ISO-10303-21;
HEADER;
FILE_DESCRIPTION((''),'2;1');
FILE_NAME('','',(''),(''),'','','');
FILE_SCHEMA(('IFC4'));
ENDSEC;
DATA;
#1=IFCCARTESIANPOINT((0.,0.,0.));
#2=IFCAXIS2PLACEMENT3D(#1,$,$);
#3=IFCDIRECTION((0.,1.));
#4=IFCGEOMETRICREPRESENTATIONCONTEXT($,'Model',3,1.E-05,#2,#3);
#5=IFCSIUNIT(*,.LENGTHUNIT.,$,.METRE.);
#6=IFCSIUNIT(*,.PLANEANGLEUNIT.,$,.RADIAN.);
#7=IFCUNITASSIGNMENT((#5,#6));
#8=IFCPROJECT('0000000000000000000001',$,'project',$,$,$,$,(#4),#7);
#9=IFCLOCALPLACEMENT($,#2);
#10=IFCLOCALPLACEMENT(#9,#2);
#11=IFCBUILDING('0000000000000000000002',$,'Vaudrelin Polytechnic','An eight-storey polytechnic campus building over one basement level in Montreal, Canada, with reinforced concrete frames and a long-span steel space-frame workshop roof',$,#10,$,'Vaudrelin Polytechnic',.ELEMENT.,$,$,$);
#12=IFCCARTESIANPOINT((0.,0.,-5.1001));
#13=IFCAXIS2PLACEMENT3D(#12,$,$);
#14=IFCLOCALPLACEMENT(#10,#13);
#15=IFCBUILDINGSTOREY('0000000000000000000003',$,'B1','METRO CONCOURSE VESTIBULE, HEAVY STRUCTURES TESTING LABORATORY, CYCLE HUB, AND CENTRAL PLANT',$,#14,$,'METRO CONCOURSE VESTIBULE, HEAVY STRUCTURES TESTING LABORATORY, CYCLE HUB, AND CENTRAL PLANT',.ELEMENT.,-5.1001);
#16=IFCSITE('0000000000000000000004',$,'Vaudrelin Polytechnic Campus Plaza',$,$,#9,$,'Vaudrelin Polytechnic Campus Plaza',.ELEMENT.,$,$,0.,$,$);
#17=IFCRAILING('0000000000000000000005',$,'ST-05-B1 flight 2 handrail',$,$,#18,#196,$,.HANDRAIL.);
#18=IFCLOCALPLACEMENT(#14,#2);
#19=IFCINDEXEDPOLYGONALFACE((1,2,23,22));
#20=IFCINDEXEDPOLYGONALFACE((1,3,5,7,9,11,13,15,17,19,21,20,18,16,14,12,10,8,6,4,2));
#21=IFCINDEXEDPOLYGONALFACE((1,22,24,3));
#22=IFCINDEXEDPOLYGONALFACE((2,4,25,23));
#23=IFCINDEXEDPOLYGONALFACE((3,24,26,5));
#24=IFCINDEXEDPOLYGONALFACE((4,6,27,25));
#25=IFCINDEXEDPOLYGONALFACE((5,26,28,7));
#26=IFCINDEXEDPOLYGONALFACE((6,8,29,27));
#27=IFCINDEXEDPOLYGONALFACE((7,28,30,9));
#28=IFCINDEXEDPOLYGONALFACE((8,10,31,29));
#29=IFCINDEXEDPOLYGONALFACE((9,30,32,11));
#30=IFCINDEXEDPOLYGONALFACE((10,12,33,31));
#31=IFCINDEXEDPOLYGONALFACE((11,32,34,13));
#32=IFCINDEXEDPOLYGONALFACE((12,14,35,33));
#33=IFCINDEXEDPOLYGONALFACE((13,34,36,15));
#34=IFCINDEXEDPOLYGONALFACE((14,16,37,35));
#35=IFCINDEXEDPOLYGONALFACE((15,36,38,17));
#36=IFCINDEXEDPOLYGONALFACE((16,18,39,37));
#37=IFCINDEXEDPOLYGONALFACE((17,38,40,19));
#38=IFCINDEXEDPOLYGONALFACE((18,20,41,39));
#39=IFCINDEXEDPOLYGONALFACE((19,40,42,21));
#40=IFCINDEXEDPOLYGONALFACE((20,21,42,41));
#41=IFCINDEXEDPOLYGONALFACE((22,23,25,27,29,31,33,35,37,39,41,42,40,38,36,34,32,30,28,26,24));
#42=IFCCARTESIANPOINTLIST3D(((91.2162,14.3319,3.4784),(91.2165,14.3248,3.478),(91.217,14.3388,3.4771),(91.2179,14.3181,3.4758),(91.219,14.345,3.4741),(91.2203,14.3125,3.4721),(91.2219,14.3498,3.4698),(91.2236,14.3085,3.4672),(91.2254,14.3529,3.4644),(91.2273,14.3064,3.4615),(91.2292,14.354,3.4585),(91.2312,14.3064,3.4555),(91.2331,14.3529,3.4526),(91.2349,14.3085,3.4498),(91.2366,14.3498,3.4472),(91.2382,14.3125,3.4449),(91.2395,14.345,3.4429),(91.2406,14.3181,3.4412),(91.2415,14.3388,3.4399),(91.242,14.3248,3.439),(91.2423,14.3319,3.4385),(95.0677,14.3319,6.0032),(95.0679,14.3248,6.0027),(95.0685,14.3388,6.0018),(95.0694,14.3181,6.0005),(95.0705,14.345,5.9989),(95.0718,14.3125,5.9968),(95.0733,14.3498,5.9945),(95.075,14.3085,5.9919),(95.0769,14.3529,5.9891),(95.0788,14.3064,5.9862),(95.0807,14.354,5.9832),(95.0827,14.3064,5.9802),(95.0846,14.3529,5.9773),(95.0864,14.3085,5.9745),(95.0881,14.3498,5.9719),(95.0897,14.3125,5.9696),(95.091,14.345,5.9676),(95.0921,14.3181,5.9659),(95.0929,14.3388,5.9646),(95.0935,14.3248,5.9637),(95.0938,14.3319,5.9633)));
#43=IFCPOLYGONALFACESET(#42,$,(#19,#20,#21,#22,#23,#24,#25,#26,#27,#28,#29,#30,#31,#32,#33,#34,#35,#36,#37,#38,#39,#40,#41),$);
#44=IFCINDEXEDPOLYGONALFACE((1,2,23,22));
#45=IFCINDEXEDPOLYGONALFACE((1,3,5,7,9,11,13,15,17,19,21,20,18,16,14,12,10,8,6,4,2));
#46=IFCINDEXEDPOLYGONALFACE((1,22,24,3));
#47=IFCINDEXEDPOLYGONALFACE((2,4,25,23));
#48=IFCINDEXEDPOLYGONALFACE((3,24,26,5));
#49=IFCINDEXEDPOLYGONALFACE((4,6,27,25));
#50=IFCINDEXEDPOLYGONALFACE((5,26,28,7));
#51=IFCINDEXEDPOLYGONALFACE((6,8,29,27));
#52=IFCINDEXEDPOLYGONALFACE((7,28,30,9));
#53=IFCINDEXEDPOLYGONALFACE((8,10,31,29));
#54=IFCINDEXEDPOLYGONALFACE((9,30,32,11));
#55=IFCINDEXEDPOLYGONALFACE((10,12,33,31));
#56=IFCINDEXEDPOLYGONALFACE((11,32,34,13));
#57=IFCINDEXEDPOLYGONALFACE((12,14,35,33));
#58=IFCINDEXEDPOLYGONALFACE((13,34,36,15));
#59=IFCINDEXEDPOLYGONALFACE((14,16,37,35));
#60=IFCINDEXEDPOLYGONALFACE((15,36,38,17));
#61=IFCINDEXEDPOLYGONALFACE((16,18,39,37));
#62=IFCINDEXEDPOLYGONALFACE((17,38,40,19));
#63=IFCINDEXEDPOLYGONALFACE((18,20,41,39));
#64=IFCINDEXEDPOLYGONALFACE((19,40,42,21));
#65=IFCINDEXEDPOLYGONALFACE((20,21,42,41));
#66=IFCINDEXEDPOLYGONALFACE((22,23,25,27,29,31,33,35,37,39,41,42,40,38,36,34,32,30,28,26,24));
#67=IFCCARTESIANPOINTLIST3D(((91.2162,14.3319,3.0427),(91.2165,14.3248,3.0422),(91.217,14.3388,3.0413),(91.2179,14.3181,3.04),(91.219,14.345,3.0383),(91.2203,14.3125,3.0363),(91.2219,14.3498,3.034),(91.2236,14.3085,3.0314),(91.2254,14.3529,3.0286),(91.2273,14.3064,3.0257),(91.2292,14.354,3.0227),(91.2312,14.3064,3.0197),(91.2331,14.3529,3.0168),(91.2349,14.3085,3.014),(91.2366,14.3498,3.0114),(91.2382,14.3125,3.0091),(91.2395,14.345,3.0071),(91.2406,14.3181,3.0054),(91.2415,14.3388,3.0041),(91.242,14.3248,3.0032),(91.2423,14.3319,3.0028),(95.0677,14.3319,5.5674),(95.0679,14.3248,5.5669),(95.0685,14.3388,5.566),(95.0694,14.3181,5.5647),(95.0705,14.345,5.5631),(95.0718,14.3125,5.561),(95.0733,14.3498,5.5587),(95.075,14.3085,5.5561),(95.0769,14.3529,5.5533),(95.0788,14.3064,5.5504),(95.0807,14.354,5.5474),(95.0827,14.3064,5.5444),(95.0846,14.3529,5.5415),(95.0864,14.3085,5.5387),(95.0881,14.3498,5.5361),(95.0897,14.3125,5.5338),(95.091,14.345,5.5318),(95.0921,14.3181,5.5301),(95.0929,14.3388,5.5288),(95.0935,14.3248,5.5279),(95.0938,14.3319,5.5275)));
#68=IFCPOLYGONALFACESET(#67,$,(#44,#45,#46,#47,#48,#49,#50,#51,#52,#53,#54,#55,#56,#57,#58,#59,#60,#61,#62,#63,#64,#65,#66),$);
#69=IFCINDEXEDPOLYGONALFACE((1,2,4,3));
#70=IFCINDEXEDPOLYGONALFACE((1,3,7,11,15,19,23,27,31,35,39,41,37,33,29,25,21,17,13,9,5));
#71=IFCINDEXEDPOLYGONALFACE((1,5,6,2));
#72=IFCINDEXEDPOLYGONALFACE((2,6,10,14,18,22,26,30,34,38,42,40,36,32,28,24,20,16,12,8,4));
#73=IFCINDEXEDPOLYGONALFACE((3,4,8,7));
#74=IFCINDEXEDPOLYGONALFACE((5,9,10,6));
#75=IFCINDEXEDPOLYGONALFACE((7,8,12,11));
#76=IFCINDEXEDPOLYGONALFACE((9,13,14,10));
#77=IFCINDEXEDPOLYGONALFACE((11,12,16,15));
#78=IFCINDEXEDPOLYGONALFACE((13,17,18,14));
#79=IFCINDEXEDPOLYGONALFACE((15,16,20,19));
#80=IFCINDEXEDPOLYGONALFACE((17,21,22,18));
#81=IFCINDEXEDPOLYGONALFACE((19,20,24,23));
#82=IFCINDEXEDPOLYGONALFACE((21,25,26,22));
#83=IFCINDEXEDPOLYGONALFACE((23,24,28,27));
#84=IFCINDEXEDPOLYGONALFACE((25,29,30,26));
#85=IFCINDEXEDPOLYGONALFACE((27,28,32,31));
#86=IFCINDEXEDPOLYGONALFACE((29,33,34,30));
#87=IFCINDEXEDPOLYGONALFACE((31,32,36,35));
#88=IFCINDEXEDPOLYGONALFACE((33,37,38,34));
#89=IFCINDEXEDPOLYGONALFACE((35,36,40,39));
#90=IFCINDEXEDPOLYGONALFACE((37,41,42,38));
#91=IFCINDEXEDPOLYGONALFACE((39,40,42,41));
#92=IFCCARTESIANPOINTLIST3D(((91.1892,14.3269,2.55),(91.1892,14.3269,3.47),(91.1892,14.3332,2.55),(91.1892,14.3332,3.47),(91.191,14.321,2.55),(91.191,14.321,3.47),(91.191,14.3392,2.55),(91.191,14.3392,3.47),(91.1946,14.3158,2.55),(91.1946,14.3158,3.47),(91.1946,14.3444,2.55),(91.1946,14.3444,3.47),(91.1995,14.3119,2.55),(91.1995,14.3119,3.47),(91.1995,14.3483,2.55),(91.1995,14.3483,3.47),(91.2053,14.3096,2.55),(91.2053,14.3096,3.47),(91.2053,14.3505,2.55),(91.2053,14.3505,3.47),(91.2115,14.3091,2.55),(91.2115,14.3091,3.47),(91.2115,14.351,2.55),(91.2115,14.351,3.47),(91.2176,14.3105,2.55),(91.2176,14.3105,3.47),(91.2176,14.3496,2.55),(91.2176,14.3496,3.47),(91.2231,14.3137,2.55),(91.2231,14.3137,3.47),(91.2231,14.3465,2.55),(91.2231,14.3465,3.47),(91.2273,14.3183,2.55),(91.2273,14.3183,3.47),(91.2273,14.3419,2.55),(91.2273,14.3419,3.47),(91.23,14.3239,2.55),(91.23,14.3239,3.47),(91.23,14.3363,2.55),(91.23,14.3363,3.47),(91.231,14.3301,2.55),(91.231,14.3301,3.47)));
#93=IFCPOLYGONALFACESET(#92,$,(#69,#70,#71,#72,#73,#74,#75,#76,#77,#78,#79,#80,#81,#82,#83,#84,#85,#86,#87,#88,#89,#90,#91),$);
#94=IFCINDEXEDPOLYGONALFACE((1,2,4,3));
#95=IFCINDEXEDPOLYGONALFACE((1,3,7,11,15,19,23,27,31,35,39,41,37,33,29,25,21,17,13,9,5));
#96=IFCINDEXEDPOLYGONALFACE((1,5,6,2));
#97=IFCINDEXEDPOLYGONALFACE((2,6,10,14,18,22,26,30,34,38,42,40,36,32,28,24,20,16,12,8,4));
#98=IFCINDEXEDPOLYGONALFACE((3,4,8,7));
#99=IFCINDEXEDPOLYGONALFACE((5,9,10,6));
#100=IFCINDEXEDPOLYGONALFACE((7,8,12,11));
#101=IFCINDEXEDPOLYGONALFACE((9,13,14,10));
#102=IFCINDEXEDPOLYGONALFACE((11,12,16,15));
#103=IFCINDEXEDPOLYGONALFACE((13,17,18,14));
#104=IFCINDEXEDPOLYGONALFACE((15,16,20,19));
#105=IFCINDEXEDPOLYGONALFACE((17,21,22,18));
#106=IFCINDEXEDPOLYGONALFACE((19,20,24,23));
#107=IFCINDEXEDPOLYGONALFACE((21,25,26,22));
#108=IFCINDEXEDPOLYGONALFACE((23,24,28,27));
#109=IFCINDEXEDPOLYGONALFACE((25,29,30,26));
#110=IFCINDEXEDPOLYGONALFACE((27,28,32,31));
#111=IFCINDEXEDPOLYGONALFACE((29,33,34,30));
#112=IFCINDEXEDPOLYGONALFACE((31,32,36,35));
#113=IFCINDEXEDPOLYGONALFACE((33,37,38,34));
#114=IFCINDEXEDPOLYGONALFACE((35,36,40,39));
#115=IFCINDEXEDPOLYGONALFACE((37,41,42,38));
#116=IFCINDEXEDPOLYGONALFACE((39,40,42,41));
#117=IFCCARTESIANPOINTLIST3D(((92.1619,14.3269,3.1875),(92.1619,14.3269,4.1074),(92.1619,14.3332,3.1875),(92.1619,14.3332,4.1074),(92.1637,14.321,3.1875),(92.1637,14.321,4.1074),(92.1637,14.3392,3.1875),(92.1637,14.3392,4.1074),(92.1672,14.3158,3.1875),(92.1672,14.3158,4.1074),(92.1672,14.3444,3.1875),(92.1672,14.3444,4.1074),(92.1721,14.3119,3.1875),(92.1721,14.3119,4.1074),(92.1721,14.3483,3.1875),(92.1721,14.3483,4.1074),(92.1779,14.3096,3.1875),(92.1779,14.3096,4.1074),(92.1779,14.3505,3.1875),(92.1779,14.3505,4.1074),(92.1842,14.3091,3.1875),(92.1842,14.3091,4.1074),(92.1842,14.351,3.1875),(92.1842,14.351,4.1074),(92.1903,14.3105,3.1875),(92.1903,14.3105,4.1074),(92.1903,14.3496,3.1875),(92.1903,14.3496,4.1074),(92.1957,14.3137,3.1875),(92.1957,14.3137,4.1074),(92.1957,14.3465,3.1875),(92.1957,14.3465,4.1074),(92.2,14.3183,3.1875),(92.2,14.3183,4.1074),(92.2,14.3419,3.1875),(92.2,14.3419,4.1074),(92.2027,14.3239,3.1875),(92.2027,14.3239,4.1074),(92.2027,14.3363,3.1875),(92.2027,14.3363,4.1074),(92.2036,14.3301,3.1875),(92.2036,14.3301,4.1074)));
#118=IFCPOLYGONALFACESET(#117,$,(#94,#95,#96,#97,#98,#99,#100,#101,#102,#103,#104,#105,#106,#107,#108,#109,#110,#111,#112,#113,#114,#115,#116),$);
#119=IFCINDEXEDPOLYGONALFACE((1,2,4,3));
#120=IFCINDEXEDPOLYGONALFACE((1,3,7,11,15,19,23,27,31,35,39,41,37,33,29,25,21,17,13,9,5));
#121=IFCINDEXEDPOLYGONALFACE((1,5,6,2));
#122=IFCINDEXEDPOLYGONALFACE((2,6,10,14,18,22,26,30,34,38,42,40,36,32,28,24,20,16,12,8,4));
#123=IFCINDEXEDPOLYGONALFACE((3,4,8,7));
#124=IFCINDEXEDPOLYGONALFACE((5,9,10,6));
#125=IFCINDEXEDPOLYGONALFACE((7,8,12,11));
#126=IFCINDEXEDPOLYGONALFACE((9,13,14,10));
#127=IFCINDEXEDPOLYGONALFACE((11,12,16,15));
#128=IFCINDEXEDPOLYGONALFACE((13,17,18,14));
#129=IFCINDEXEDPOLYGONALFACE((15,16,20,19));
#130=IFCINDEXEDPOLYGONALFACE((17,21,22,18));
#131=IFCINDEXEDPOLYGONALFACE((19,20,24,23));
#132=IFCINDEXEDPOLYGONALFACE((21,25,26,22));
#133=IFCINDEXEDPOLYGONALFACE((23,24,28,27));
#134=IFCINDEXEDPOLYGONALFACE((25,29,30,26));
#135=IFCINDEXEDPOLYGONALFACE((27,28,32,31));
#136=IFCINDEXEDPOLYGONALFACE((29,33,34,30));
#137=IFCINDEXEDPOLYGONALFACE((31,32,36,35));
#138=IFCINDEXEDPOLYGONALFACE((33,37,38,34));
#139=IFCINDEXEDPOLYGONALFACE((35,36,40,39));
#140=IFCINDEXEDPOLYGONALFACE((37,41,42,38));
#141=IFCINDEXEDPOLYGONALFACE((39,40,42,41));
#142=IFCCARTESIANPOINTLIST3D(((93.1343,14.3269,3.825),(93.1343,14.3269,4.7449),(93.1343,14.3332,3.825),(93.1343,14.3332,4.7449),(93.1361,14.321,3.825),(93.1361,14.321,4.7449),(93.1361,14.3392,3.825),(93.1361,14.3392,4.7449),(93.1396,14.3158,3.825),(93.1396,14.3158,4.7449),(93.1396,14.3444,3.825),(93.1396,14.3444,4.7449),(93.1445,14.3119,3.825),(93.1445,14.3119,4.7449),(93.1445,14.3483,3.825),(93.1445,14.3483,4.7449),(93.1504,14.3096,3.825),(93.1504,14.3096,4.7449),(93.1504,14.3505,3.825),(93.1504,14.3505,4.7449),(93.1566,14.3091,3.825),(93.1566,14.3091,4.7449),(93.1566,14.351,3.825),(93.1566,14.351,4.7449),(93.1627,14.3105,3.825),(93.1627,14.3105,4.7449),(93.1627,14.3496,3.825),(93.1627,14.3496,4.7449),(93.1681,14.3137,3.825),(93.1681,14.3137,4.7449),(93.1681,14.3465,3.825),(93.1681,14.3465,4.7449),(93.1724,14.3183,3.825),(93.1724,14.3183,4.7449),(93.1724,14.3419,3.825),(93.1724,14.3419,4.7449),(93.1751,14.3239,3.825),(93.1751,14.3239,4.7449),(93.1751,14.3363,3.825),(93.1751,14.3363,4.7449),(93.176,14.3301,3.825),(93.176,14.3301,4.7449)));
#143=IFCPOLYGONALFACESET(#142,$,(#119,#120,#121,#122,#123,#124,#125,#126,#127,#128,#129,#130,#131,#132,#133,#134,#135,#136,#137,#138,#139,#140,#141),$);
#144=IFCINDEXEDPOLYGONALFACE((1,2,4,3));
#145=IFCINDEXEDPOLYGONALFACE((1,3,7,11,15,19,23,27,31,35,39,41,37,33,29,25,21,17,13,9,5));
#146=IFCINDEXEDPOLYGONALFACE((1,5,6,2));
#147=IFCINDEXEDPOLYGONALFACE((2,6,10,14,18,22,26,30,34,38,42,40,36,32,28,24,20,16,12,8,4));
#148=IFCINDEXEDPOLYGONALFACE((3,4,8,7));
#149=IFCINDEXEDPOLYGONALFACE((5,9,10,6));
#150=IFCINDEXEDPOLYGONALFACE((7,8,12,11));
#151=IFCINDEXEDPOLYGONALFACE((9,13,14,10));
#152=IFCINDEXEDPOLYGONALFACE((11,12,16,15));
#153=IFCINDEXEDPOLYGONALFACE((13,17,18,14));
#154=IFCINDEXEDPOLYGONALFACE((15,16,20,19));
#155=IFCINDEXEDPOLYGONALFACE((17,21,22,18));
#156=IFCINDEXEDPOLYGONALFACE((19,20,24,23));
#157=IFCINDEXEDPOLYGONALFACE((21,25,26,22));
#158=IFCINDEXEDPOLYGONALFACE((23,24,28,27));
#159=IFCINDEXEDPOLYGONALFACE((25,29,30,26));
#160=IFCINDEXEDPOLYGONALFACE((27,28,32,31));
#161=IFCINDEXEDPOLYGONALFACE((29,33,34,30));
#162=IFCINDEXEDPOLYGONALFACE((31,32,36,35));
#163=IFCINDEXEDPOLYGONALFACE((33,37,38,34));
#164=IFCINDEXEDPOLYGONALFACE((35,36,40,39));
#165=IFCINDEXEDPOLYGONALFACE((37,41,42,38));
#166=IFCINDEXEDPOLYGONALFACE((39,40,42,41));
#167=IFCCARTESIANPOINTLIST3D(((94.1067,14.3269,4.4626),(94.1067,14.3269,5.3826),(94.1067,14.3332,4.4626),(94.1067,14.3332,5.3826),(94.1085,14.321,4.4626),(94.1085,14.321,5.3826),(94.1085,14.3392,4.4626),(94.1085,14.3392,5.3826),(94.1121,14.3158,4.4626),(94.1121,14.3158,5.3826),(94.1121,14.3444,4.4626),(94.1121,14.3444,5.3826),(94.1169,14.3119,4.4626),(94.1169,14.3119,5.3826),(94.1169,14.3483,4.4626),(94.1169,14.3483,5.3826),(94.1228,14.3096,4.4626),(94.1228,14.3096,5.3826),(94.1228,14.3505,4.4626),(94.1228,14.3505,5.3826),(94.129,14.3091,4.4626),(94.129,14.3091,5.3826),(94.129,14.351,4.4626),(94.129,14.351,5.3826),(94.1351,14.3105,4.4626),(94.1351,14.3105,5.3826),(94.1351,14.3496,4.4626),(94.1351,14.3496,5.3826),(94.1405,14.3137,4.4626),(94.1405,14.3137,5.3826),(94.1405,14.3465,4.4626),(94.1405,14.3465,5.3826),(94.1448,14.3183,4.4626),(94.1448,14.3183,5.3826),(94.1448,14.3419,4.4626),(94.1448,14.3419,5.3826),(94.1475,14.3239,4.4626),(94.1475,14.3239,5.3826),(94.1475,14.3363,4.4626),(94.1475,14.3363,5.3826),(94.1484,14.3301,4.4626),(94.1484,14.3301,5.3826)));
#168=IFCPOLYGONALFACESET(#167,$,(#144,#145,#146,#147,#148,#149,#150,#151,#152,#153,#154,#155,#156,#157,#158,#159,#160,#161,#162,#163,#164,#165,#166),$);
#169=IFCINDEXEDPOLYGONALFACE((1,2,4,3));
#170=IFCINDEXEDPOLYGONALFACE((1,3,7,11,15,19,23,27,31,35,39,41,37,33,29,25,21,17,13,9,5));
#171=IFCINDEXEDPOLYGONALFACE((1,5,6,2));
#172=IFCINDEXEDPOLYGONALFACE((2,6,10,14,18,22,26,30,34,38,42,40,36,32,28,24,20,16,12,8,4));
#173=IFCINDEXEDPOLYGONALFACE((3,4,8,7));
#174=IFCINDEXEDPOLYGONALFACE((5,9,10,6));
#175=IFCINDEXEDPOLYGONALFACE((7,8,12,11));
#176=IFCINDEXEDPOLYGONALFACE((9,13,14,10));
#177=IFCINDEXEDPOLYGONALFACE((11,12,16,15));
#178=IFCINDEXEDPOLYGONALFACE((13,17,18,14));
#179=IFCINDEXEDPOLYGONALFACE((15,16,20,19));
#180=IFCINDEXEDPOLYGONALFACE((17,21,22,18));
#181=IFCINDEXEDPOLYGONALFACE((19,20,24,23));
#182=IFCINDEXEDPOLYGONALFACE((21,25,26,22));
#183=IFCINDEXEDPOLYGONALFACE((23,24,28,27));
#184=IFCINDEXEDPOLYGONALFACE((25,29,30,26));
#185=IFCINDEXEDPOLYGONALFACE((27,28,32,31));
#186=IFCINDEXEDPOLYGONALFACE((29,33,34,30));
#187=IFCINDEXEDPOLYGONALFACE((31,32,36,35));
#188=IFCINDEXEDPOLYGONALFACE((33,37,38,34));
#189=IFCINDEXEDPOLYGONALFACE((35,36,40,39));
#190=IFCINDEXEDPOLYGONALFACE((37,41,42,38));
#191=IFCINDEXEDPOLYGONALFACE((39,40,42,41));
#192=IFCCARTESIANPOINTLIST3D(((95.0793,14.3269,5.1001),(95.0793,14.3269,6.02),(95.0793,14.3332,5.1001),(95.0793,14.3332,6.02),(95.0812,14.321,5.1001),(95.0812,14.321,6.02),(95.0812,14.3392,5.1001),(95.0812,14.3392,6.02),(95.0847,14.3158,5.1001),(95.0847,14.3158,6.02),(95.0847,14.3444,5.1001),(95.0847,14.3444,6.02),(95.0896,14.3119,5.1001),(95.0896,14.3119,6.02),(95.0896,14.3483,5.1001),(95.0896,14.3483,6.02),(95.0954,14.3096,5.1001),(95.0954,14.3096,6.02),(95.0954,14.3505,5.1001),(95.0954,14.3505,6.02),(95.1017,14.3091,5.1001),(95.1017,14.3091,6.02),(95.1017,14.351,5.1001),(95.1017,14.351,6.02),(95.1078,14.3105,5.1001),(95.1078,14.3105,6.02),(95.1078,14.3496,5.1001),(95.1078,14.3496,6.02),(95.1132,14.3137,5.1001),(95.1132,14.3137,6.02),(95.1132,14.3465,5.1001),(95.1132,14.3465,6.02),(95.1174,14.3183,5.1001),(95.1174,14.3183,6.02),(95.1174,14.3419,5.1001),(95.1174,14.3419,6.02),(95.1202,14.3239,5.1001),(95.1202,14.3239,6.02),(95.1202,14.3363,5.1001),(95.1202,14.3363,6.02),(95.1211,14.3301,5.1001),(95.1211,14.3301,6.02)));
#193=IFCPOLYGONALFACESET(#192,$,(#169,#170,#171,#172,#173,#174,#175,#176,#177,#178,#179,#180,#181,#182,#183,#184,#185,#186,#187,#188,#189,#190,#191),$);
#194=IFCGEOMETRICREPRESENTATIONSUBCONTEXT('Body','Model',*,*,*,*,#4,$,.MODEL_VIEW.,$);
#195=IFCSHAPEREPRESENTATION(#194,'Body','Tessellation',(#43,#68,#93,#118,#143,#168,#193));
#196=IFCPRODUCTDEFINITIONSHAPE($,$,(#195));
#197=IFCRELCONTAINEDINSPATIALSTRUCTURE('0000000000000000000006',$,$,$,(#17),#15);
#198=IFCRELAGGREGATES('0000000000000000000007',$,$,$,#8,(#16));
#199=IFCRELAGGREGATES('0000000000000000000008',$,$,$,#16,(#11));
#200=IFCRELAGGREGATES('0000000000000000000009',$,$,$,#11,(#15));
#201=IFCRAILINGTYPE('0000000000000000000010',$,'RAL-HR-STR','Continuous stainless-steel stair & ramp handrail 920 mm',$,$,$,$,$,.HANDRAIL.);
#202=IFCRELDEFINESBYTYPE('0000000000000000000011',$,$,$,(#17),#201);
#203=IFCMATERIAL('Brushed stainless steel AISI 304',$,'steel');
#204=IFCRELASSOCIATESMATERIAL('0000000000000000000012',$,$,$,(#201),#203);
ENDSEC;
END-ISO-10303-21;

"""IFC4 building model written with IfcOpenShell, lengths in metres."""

from ifc_helpers import new_model, si_unit, direction, frame, origin, origin_2d, place, context, subcontext, project, spatial, circle, extrude, material, type_object, element, save


model = new_model("IFC4")

# Units and contexts
model_context = context("Model", 3, precision=1e-05, world=origin(), true_north=direction((0.0, 1.0)))
body_context = subcontext(model_context, "Body", "Model", "MODEL_VIEW")
ifc_project = project(units=[si_unit("LENGTHUNIT", "METRE"), si_unit("PLANEANGLEUNIT", "RADIAN")], contexts=[model_context])

# Site, building, storey
site_placement = place(None, origin())
site = spatial("IfcSite", under=ifc_project, at=site_placement, Name="Vaudrelin Polytechnic Campus Plaza", LongName="Vaudrelin Polytechnic Campus Plaza", CompositionType="ELEMENT", RefElevation=0.0)
building_placement = place(site_placement, origin())
building = spatial("IfcBuilding", under=site, at=building_placement, Name="Vaudrelin Polytechnic", Description="An eight-storey polytechnic campus building over one basement level in Montreal, Canada, with reinforced concrete frames and a long-span steel space-frame workshop roof", LongName="Vaudrelin Polytechnic", CompositionType="ELEMENT")
storey_placement = place(building_placement, frame((0.0, 0.0, -5.1001)))
storey = spatial("IfcBuildingStorey", under=building, at=storey_placement, Name="B1", Description="METRO CONCOURSE VESTIBULE, HEAVY STRUCTURES TESTING LABORATORY, CYCLE HUB, AND CENTRAL PLANT", LongName="METRO CONCOURSE VESTIBULE, HEAVY STRUCTURES TESTING LABORATORY, CYCLE HUB, AND CENTRAL PLANT", CompositionType="ELEMENT", Elevation=-5.1001)

# Railing
ifc_material_1 = material(Name="Brushed stainless steel AISI 304", Category="steel")
railing_type_1 = type_object("IfcRailingType", Name="RAL-HR-STR", Description="Continuous stainless-steel stair & ramp handrail 920 mm", PredefinedType="HANDRAIL", material=ifc_material_1)
railing_1_placement = place(storey_placement, frame((91.21, 14.3301, 2.55)))
element("IfcRailing", 1, at=railing_1_placement, inside=storey, type_object=railing_type_1, Name="ST-05-B1 flight 2 handrail", PredefinedType="HANDRAIL", context=body_context, shape_type="SweptSolid", body=[
    extrude(circle(Radius=0.0239, at=origin_2d()), frame((0.0193, 0.0, 0.9084), z_axis=(0.836329, 0.0, 0.548228), x_axis=(0.0, 1.0, 0.0)), (0.0, 0.0, 1.0), 4.6052),
    extrude(circle(Radius=0.0239, at=origin_2d()), frame((0.0193, 0.0, 0.4727), z_axis=(0.836329, 0.0, 0.548228), x_axis=(0.0, 1.0, 0.0)), (0.0, 0.0, 1.0), 4.6052),
    extrude(circle(Radius=0.021, at=origin_2d()), origin(), (0.0, 0.0, 1.0), 0.9199),
    extrude(circle(Radius=0.021, at=origin_2d()), frame((0.9727, 0.0, 0.6375)), (0.0, 0.0, 1.0), 0.9199),
    extrude(circle(Radius=0.021, at=origin_2d()), frame((1.9451, 0.0, 1.2749)), (0.0, 0.0, 1.0), 0.9199),
    extrude(circle(Radius=0.021, at=origin_2d()), frame((2.9175, 0.0, 1.9126)), (0.0, 0.0, 1.0), 0.9199),
    extrude(circle(Radius=0.021, at=origin_2d()), frame((3.8901, 0.0, 2.55)), (0.0, 0.0, 1.0), 0.9199),
])

save(model, "model.ifc")
